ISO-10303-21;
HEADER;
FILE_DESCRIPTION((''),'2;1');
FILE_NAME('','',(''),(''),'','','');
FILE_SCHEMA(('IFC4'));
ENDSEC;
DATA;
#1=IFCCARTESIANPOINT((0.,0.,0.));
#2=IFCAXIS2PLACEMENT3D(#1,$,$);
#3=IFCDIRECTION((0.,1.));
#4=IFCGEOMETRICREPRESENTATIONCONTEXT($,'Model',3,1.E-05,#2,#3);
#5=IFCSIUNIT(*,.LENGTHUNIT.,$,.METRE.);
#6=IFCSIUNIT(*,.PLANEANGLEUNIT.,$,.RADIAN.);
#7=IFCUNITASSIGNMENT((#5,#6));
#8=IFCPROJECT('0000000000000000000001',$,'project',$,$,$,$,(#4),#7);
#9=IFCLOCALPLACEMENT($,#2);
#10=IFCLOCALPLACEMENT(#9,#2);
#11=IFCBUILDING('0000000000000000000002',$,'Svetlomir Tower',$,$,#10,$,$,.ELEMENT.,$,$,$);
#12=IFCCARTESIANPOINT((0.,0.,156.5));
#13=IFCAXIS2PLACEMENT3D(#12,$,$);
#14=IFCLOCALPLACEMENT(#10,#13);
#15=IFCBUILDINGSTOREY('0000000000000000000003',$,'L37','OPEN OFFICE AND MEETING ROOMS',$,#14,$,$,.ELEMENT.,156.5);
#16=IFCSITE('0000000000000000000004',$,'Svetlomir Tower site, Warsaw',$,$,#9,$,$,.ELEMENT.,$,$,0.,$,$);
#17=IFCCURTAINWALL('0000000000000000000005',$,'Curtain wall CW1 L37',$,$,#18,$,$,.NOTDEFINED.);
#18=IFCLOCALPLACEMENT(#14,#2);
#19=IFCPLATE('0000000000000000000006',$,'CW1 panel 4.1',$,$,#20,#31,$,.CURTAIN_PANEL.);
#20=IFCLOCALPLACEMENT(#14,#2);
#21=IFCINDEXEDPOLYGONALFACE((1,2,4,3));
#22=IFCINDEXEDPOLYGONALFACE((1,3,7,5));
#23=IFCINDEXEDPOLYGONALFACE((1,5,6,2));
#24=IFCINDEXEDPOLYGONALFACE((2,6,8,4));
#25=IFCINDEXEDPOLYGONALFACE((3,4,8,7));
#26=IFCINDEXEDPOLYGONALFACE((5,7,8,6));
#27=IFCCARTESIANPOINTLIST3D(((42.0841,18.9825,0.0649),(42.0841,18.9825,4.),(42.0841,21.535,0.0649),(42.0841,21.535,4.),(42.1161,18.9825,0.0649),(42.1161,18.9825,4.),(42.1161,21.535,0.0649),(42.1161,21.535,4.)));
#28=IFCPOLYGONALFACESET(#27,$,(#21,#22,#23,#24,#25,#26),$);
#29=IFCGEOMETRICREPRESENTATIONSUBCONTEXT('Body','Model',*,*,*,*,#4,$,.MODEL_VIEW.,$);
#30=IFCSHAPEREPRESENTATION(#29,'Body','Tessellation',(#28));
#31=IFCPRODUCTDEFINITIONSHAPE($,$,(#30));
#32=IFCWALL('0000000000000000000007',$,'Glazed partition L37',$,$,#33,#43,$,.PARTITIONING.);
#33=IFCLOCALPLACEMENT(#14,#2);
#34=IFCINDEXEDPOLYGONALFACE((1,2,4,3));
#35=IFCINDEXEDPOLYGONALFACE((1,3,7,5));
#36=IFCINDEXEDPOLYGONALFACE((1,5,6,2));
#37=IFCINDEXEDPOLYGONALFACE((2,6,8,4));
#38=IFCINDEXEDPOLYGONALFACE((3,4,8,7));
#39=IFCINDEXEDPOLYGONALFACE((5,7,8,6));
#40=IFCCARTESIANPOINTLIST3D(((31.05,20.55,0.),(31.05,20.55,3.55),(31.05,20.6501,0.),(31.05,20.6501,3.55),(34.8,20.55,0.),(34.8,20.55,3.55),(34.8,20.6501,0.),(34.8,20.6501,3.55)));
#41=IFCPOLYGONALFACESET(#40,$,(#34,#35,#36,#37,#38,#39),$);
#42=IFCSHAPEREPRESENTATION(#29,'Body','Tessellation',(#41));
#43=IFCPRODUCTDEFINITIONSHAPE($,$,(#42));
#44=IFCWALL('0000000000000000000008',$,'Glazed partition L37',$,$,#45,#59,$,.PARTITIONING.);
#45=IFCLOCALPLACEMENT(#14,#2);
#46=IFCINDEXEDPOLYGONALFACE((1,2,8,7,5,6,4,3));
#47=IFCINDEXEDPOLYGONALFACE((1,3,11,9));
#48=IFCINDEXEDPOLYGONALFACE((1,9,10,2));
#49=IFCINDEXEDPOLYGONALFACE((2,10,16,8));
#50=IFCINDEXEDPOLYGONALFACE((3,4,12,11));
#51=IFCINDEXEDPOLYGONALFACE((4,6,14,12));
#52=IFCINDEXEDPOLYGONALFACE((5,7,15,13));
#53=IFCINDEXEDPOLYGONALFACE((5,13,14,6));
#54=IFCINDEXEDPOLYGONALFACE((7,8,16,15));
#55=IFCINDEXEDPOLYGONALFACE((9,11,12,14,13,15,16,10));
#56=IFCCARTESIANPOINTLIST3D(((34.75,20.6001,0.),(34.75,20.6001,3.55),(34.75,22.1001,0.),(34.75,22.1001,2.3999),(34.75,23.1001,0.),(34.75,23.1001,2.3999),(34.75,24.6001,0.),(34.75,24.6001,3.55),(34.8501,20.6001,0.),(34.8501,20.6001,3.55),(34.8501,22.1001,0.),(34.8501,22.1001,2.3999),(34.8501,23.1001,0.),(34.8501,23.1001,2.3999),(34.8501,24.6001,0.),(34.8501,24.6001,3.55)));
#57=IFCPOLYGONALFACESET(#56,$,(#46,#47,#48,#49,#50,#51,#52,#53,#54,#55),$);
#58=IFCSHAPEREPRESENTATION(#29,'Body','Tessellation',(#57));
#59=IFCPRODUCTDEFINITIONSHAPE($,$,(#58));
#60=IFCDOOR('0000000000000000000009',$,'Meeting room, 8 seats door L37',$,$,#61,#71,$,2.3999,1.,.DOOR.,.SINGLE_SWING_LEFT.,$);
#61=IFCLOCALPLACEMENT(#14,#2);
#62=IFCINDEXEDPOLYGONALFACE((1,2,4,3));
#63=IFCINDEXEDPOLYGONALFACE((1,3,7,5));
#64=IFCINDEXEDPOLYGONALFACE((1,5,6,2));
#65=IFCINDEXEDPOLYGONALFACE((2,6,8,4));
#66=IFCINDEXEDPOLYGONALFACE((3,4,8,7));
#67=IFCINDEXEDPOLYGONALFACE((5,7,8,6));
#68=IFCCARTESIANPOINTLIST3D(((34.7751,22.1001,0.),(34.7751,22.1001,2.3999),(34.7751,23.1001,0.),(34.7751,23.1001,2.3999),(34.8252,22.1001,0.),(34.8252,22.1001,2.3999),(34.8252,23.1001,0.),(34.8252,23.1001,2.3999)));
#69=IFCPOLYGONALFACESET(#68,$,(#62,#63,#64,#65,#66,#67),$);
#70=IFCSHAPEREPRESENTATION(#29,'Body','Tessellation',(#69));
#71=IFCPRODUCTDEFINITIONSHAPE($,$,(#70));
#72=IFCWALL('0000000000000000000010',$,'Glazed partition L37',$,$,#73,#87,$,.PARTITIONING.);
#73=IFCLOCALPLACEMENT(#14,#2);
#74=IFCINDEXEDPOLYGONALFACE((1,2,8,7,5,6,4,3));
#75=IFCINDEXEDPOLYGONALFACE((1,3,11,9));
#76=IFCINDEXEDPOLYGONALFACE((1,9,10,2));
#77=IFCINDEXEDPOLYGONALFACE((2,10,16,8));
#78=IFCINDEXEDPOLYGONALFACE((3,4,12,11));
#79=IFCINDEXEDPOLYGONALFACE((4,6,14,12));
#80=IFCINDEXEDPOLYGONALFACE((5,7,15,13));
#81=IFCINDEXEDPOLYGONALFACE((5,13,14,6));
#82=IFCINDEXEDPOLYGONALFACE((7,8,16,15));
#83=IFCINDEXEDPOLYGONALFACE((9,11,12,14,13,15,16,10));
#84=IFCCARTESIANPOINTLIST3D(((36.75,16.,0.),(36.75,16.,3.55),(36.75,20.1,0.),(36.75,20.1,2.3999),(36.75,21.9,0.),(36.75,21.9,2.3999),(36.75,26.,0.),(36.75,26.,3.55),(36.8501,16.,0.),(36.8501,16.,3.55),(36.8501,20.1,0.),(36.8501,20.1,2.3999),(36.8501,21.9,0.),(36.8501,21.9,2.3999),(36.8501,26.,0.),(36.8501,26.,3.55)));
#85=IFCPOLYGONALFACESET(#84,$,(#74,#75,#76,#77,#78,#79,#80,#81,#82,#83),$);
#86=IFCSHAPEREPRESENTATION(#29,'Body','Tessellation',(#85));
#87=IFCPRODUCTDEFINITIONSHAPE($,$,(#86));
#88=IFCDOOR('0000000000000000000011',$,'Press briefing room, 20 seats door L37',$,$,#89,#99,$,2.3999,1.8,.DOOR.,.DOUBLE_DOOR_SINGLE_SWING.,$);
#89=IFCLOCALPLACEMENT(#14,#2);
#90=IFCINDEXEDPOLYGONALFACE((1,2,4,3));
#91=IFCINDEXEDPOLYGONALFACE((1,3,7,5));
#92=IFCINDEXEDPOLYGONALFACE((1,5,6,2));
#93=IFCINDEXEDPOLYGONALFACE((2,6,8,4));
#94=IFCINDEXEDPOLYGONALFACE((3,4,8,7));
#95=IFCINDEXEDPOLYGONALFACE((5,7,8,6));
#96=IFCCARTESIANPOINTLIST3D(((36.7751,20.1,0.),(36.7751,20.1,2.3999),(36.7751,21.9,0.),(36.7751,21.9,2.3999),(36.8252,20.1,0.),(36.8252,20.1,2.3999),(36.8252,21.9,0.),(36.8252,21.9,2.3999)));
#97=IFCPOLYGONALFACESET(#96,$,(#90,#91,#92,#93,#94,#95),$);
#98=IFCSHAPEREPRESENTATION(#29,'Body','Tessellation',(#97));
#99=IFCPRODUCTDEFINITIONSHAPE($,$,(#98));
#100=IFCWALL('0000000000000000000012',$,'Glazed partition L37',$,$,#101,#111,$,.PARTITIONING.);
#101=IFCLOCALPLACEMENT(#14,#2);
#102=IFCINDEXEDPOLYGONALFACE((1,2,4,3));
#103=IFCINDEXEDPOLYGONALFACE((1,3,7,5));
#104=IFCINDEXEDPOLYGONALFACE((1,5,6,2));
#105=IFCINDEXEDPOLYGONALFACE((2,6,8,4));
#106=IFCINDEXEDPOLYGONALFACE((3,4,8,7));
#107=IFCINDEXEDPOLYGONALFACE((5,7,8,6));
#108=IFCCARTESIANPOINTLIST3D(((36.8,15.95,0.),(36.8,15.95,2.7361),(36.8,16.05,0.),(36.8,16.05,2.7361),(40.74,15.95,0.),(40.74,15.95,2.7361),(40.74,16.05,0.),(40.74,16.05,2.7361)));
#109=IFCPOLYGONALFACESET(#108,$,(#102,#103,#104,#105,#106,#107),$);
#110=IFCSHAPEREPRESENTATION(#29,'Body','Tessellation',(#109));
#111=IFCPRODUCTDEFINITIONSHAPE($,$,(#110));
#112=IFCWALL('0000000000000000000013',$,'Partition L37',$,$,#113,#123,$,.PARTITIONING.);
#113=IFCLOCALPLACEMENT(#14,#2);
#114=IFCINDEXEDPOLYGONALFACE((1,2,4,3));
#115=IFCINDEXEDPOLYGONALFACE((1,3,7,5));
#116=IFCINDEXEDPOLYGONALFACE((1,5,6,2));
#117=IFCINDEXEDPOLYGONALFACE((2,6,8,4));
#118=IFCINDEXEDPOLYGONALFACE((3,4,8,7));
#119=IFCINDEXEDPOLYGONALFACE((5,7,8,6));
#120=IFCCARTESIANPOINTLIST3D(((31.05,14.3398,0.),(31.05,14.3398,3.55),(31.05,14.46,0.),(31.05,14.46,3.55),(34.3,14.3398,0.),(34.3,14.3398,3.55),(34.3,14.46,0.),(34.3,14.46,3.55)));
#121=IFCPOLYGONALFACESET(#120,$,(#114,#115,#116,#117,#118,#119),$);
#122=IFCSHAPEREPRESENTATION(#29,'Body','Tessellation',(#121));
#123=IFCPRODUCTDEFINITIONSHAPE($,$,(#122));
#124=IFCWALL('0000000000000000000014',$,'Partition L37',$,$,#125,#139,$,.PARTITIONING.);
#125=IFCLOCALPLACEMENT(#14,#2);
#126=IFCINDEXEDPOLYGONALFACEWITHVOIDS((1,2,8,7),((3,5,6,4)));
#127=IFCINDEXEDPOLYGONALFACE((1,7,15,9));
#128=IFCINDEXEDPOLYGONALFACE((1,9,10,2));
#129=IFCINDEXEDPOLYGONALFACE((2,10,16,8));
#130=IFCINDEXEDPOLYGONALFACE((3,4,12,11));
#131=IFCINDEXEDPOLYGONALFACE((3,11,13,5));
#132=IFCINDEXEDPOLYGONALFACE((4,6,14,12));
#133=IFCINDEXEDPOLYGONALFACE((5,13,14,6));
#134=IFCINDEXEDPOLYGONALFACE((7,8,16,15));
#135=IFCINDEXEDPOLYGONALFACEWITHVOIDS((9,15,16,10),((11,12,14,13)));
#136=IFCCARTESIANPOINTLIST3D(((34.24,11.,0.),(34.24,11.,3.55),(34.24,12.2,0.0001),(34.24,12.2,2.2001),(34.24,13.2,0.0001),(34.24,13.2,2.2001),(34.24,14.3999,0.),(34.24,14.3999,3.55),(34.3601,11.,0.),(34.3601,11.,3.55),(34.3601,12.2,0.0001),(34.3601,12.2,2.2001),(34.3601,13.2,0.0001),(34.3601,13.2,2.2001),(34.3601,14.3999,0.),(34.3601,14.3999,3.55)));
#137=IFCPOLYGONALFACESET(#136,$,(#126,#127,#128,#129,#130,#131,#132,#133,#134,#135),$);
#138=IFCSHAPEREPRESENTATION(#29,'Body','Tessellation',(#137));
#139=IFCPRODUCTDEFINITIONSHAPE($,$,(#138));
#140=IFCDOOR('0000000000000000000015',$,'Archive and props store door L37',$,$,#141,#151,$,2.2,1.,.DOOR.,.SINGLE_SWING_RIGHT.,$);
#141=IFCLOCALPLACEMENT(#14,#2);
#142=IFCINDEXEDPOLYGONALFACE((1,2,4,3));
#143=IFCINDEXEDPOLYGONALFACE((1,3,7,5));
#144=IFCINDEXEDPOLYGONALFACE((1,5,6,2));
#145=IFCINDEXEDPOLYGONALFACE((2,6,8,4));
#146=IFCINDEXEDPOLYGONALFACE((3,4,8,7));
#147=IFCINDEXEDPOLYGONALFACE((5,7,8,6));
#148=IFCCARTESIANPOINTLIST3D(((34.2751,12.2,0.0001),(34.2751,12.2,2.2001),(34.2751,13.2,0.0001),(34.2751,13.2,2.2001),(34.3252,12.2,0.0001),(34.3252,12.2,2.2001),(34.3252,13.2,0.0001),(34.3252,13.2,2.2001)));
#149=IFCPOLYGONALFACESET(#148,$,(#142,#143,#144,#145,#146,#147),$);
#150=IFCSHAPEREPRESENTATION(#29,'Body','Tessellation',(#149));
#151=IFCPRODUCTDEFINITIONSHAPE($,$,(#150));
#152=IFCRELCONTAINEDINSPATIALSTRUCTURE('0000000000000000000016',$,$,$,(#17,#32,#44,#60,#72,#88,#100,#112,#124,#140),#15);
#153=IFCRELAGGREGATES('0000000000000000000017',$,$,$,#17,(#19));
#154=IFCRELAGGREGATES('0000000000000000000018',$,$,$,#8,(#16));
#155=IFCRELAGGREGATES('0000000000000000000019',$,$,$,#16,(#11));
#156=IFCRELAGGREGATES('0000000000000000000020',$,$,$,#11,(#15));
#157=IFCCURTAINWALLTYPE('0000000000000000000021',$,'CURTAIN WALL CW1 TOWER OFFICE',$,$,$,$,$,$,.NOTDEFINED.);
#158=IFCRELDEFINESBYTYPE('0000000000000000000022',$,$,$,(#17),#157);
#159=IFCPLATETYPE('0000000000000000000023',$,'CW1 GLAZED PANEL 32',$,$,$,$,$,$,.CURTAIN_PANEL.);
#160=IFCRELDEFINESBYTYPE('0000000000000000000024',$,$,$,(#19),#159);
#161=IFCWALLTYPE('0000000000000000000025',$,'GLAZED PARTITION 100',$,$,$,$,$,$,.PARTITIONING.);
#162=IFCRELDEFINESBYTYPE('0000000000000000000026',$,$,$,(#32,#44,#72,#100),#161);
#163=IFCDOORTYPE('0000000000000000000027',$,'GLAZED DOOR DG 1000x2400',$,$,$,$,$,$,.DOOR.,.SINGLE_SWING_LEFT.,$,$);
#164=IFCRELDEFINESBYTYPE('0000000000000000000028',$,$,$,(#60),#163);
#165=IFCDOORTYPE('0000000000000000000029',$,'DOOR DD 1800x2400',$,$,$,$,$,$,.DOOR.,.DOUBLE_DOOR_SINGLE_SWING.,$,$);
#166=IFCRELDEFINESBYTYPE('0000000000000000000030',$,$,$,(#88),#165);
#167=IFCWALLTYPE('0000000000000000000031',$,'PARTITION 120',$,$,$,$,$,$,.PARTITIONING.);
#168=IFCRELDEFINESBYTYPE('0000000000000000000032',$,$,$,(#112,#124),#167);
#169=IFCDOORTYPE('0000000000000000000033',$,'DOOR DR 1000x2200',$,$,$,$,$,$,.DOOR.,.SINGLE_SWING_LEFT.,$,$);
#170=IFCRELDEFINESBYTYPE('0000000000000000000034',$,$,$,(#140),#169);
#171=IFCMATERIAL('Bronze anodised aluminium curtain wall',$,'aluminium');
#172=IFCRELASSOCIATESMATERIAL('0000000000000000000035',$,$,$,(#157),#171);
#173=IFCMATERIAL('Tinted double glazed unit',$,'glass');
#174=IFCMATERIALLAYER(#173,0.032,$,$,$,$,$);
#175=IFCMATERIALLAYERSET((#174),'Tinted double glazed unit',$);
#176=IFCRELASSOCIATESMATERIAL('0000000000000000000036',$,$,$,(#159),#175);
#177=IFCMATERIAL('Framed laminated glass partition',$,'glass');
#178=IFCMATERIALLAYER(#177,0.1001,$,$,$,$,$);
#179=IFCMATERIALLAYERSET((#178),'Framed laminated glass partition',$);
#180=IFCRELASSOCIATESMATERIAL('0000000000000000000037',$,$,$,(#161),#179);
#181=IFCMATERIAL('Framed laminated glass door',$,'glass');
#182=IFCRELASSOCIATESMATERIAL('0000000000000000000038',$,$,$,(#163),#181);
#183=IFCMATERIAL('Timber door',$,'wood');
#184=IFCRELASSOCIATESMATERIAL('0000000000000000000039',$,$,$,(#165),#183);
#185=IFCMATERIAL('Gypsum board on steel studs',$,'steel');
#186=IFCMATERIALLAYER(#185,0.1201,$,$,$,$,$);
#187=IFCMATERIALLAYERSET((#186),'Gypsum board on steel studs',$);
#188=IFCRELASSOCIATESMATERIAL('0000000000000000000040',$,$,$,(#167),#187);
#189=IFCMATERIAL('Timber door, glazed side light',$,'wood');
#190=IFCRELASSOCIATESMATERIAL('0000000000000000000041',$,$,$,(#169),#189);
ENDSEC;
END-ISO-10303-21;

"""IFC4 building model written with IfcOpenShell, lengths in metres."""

from ifc_helpers import new_model, si_unit, direction, frame, frame_2d, origin, origin_2d, place, context, subcontext, project, spatial, rectangle, extrude, material, layer, layer_set, type_object, element, fill, aggregate, save


model = new_model("IFC4")

# Units and contexts
model_context = context("Model", 3, precision=1e-05, world=origin(), true_north=direction((0.0, 1.0)))
body_context = subcontext(model_context, "Body", "Model", "MODEL_VIEW")
ifc_project = project(units=[si_unit("LENGTHUNIT", "METRE"), si_unit("PLANEANGLEUNIT", "RADIAN")], contexts=[model_context])

# Site, building, storey
site_placement = place(None, origin())
site = spatial("IfcSite", under=ifc_project, at=site_placement, Name="Svetlomir Tower site, Warsaw", CompositionType="ELEMENT", RefElevation=0.0)
building_placement = place(site_placement, origin())
building = spatial("IfcBuilding", under=site, at=building_placement, Name="Svetlomir Tower", CompositionType="ELEMENT")
storey_placement = place(building_placement, frame((0.0, 0.0, 156.5)))
storey = spatial("IfcBuildingStorey", under=building, at=storey_placement, Name="L37", Description="OPEN OFFICE AND MEETING ROOMS", CompositionType="ELEMENT", Elevation=156.5)

# Curtain wall
ifc_material_1 = material(Name="Bronze anodised aluminium curtain wall", Category="aluminium")
curtain_wall_type = type_object("IfcCurtainWallType", Name="CURTAIN WALL CW1 TOWER OFFICE", PredefinedType="NOTDEFINED", material=ifc_material_1)
curtain_wall_1_placement = place(storey_placement, origin())
curtain_wall_1 = element("IfcCurtainWall", 1, at=curtain_wall_1_placement, inside=storey, type_object=curtain_wall_type, Name="Curtain wall CW1 L37", PredefinedType="NOTDEFINED")

# Plate
ifc_material_2 = material(Name="Tinted double glazed unit", Category="glass")
ifc_layer_1 = layer(ifc_material_2, 0.032)
ifc_layer_set_1 = layer_set([ifc_layer_1], Name="Tinted double glazed unit")
plate_type = type_object("IfcPlateType", Name="CW1 GLAZED PANEL 32", PredefinedType="CURTAIN_PANEL", material=ifc_layer_set_1)
plate_1_placement = place(storey_placement, frame((42.1001, 20.2588, 0.0649), z_axis=(0.0, 0.0, 1.0), x_axis=(0.0, 1.0, 0.0)))
plate_1 = element("IfcPlate", 2, at=plate_1_placement, type_object=plate_type, Name="CW1 panel 4.1", PredefinedType="CURTAIN_PANEL", context=body_context, shape_type="SweptSolid", body=[
    extrude(rectangle(XDim=2.5525, YDim=0.032, at=origin_2d()), origin(), (0.0, 0.0, 1.0), 3.9351),
])
aggregate(curtain_wall_1, [plate_1])

# Wall
ifc_material_3 = material(Name="Framed laminated glass partition", Category="glass")
ifc_layer_2 = layer(ifc_material_3, 0.1001)
ifc_layer_set_2 = layer_set([ifc_layer_2], Name="Framed laminated glass partition")
wall_type_1 = type_object("IfcWallType", Name="GLAZED PARTITION 100", PredefinedType="PARTITIONING", material=ifc_layer_set_2)
wall_1_placement = place(storey_placement, frame((31.05, 20.6001, 0.0), z_axis=(0.0, 0.0, 1.0), x_axis=(1.0, 0.0, 0.0)))
element("IfcWall", 3, at=wall_1_placement, inside=storey, type_object=wall_type_1, Name="Glazed partition L37", PredefinedType="PARTITIONING", context=body_context, shape_type="SweptSolid", body=[
    extrude(rectangle(XDim=3.75, YDim=0.1001, at=frame_2d((1.875, 0.0))), origin(), (0.0, 0.0, 1.0), 3.55),
])

# Walls, openings, doors
wall_2_placement = place(storey_placement, frame((34.8, 20.6001, 0.0), z_axis=(0.0, 0.0, 1.0), x_axis=(0.0, 1.0, 0.0)))
wall_2 = element("IfcWall", 4, at=wall_2_placement, inside=storey, type_object=wall_type_1, Name="Glazed partition L37", PredefinedType="PARTITIONING", context=body_context, shape_type="SweptSolid", body=[
    extrude(rectangle(XDim=4.0, YDim=0.1001, at=frame_2d((2.0, 0.0))), origin(), (0.0, 0.0, 1.0), 3.55),
])
opening_1_placement = place(wall_2_placement, frame((1.5, 0.0, 0.0)))
opening_1 = element("IfcOpeningElement", 5, at=opening_1_placement, cuts=wall_2, PredefinedType="OPENING", context=body_context, shape_type="SweptSolid", body=[
    extrude(rectangle(XDim=1.0, YDim=2.3999, at=frame_2d((0.5, 1.2))), frame((0.0, 0.0601, 0.0), z_axis=(0.0, -1.0, 0.0), x_axis=(1.0, 0.0, 0.0)), (0.0, 0.0, 1.0), 0.1201),
])
ifc_material_4 = material(Name="Framed laminated glass door", Category="glass")
door_type_1 = type_object("IfcDoorType", Name="GLAZED DOOR DG 1000x2400", OperationType="SINGLE_SWING_LEFT", PredefinedType="DOOR", material=ifc_material_4)
door_1_placement = place(opening_1_placement, origin())
door_1 = element("IfcDoor", 6, at=door_1_placement, inside=storey, type_object=door_type_1, Name="Meeting room, 8 seats door L37", OperationType="SINGLE_SWING_LEFT", OverallHeight=2.3999, OverallWidth=1.0, PredefinedType="DOOR", context=body_context, shape_type="SweptSolid", body=[
    extrude(rectangle(XDim=1.0, YDim=2.3999, at=frame_2d((0.5, 1.2))), frame((0.0, 0.0249, 0.0), z_axis=(0.0, -1.0, 0.0), x_axis=(1.0, 0.0, 0.0)), (0.0, 0.0, 1.0), 0.05),
])
fill(opening_1, door_1)
wall_3_placement = place(storey_placement, frame((36.8, 16.0, 0.0), z_axis=(0.0, 0.0, 1.0), x_axis=(0.0, 1.0, 0.0)))
wall_3 = element("IfcWall", 7, at=wall_3_placement, inside=storey, type_object=wall_type_1, Name="Glazed partition L37", PredefinedType="PARTITIONING", context=body_context, shape_type="SweptSolid", body=[
    extrude(rectangle(XDim=10.0, YDim=0.1001, at=frame_2d((5.0, 0.0))), origin(), (0.0, 0.0, 1.0), 3.55),
])
opening_2_placement = place(wall_3_placement, frame((4.1001, 0.0, 0.0)))
opening_2 = element("IfcOpeningElement", 8, at=opening_2_placement, cuts=wall_3, PredefinedType="OPENING", context=body_context, shape_type="SweptSolid", body=[
    extrude(rectangle(XDim=1.8, YDim=2.3999, at=frame_2d((0.8999, 1.2))), frame((0.0, 0.0601, 0.0), z_axis=(0.0, -1.0, 0.0), x_axis=(1.0, 0.0, 0.0)), (0.0, 0.0, 1.0), 0.1201),
])
ifc_material_5 = material(Name="Timber door", Category="wood")
door_type_2 = type_object("IfcDoorType", Name="DOOR DD 1800x2400", OperationType="DOUBLE_DOOR_SINGLE_SWING", PredefinedType="DOOR", material=ifc_material_5)
door_2_placement = place(opening_2_placement, origin())
door_2 = element("IfcDoor", 9, at=door_2_placement, inside=storey, type_object=door_type_2, Name="Press briefing room, 20 seats door L37", OperationType="DOUBLE_DOOR_SINGLE_SWING", OverallHeight=2.3999, OverallWidth=1.8, PredefinedType="DOOR", context=body_context, shape_type="SweptSolid", body=[
    extrude(rectangle(XDim=1.8, YDim=2.3999, at=frame_2d((0.8999, 1.2))), frame((0.0, 0.0249, 0.0), z_axis=(0.0, -1.0, 0.0), x_axis=(1.0, 0.0, 0.0)), (0.0, 0.0, 1.0), 0.05),
])
fill(opening_2, door_2)

# Walls
wall_4_placement = place(storey_placement, frame((36.8, 16.0, 0.0), z_axis=(0.0, 0.0, 1.0), x_axis=(1.0, 0.0, 0.0)))
element("IfcWall", 10, at=wall_4_placement, inside=storey, type_object=wall_type_1, Name="Glazed partition L37", PredefinedType="PARTITIONING", context=body_context, shape_type="SweptSolid", body=[
    extrude(rectangle(XDim=3.9399, YDim=0.1001, at=frame_2d((1.97, 0.0))), origin(), (0.0, 0.0, 1.0), 2.7361),
])
ifc_material_6 = material(Name="Gypsum board on steel studs", Category="steel")
ifc_layer_3 = layer(ifc_material_6, 0.1201)
ifc_layer_set_3 = layer_set([ifc_layer_3], Name="Gypsum board on steel studs")
wall_type_2 = type_object("IfcWallType", Name="PARTITION 120", PredefinedType="PARTITIONING", material=ifc_layer_set_3)
wall_5_placement = place(storey_placement, frame((31.05, 14.3999, 0.0), z_axis=(0.0, 0.0, 1.0), x_axis=(1.0, 0.0, 0.0)))
element("IfcWall", 11, at=wall_5_placement, inside=storey, type_object=wall_type_2, Name="Partition L37", PredefinedType="PARTITIONING", context=body_context, shape_type="SweptSolid", body=[
    extrude(rectangle(XDim=3.25, YDim=0.1201, at=frame_2d((1.625, 0.0))), origin(), (0.0, 0.0, 1.0), 3.55),
])

# Wall, opening, door
wall_6_placement = place(storey_placement, frame((34.3, 11.0, 0.0), z_axis=(0.0, 0.0, 1.0), x_axis=(0.0, 1.0, 0.0)))
wall_6 = element("IfcWall", 12, at=wall_6_placement, inside=storey, type_object=wall_type_2, Name="Partition L37", PredefinedType="PARTITIONING", context=body_context, shape_type="SweptSolid", body=[
    extrude(rectangle(XDim=3.3999, YDim=0.1201, at=frame_2d((1.7, 0.0))), origin(), (0.0, 0.0, 1.0), 3.55),
])
opening_3_placement = place(wall_6_placement, frame((1.2, 0.0, 0.0)))
opening_3 = element("IfcOpeningElement", 13, at=opening_3_placement, cuts=wall_6, PredefinedType="OPENING", context=body_context, shape_type="SweptSolid", body=[
    extrude(rectangle(XDim=1.0, YDim=2.2, at=frame_2d((0.5, 1.1001))), frame((0.0, 0.0701, 0.0), z_axis=(0.0, -1.0, 0.0), x_axis=(1.0, 0.0, 0.0)), (0.0, 0.0, 1.0), 0.1401),
])
ifc_material_7 = material(Name="Timber door, glazed side light", Category="wood")
door_type_3 = type_object("IfcDoorType", Name="DOOR DR 1000x2200", OperationType="SINGLE_SWING_LEFT", PredefinedType="DOOR", material=ifc_material_7)
door_3_placement = place(opening_3_placement, origin())
door_3 = element("IfcDoor", 14, at=door_3_placement, inside=storey, type_object=door_type_3, Name="Archive and props store door L37", OperationType="SINGLE_SWING_RIGHT", OverallHeight=2.2, OverallWidth=1.0, PredefinedType="DOOR", context=body_context, shape_type="SweptSolid", body=[
    extrude(rectangle(XDim=1.0, YDim=2.2, at=frame_2d((0.5, 1.1001))), frame((0.0, 0.0249, 0.0), z_axis=(0.0, -1.0, 0.0), x_axis=(1.0, 0.0, 0.0)), (0.0, 0.0, 1.0), 0.05),
])
fill(opening_3, door_3)

save(model, "model.ifc")
